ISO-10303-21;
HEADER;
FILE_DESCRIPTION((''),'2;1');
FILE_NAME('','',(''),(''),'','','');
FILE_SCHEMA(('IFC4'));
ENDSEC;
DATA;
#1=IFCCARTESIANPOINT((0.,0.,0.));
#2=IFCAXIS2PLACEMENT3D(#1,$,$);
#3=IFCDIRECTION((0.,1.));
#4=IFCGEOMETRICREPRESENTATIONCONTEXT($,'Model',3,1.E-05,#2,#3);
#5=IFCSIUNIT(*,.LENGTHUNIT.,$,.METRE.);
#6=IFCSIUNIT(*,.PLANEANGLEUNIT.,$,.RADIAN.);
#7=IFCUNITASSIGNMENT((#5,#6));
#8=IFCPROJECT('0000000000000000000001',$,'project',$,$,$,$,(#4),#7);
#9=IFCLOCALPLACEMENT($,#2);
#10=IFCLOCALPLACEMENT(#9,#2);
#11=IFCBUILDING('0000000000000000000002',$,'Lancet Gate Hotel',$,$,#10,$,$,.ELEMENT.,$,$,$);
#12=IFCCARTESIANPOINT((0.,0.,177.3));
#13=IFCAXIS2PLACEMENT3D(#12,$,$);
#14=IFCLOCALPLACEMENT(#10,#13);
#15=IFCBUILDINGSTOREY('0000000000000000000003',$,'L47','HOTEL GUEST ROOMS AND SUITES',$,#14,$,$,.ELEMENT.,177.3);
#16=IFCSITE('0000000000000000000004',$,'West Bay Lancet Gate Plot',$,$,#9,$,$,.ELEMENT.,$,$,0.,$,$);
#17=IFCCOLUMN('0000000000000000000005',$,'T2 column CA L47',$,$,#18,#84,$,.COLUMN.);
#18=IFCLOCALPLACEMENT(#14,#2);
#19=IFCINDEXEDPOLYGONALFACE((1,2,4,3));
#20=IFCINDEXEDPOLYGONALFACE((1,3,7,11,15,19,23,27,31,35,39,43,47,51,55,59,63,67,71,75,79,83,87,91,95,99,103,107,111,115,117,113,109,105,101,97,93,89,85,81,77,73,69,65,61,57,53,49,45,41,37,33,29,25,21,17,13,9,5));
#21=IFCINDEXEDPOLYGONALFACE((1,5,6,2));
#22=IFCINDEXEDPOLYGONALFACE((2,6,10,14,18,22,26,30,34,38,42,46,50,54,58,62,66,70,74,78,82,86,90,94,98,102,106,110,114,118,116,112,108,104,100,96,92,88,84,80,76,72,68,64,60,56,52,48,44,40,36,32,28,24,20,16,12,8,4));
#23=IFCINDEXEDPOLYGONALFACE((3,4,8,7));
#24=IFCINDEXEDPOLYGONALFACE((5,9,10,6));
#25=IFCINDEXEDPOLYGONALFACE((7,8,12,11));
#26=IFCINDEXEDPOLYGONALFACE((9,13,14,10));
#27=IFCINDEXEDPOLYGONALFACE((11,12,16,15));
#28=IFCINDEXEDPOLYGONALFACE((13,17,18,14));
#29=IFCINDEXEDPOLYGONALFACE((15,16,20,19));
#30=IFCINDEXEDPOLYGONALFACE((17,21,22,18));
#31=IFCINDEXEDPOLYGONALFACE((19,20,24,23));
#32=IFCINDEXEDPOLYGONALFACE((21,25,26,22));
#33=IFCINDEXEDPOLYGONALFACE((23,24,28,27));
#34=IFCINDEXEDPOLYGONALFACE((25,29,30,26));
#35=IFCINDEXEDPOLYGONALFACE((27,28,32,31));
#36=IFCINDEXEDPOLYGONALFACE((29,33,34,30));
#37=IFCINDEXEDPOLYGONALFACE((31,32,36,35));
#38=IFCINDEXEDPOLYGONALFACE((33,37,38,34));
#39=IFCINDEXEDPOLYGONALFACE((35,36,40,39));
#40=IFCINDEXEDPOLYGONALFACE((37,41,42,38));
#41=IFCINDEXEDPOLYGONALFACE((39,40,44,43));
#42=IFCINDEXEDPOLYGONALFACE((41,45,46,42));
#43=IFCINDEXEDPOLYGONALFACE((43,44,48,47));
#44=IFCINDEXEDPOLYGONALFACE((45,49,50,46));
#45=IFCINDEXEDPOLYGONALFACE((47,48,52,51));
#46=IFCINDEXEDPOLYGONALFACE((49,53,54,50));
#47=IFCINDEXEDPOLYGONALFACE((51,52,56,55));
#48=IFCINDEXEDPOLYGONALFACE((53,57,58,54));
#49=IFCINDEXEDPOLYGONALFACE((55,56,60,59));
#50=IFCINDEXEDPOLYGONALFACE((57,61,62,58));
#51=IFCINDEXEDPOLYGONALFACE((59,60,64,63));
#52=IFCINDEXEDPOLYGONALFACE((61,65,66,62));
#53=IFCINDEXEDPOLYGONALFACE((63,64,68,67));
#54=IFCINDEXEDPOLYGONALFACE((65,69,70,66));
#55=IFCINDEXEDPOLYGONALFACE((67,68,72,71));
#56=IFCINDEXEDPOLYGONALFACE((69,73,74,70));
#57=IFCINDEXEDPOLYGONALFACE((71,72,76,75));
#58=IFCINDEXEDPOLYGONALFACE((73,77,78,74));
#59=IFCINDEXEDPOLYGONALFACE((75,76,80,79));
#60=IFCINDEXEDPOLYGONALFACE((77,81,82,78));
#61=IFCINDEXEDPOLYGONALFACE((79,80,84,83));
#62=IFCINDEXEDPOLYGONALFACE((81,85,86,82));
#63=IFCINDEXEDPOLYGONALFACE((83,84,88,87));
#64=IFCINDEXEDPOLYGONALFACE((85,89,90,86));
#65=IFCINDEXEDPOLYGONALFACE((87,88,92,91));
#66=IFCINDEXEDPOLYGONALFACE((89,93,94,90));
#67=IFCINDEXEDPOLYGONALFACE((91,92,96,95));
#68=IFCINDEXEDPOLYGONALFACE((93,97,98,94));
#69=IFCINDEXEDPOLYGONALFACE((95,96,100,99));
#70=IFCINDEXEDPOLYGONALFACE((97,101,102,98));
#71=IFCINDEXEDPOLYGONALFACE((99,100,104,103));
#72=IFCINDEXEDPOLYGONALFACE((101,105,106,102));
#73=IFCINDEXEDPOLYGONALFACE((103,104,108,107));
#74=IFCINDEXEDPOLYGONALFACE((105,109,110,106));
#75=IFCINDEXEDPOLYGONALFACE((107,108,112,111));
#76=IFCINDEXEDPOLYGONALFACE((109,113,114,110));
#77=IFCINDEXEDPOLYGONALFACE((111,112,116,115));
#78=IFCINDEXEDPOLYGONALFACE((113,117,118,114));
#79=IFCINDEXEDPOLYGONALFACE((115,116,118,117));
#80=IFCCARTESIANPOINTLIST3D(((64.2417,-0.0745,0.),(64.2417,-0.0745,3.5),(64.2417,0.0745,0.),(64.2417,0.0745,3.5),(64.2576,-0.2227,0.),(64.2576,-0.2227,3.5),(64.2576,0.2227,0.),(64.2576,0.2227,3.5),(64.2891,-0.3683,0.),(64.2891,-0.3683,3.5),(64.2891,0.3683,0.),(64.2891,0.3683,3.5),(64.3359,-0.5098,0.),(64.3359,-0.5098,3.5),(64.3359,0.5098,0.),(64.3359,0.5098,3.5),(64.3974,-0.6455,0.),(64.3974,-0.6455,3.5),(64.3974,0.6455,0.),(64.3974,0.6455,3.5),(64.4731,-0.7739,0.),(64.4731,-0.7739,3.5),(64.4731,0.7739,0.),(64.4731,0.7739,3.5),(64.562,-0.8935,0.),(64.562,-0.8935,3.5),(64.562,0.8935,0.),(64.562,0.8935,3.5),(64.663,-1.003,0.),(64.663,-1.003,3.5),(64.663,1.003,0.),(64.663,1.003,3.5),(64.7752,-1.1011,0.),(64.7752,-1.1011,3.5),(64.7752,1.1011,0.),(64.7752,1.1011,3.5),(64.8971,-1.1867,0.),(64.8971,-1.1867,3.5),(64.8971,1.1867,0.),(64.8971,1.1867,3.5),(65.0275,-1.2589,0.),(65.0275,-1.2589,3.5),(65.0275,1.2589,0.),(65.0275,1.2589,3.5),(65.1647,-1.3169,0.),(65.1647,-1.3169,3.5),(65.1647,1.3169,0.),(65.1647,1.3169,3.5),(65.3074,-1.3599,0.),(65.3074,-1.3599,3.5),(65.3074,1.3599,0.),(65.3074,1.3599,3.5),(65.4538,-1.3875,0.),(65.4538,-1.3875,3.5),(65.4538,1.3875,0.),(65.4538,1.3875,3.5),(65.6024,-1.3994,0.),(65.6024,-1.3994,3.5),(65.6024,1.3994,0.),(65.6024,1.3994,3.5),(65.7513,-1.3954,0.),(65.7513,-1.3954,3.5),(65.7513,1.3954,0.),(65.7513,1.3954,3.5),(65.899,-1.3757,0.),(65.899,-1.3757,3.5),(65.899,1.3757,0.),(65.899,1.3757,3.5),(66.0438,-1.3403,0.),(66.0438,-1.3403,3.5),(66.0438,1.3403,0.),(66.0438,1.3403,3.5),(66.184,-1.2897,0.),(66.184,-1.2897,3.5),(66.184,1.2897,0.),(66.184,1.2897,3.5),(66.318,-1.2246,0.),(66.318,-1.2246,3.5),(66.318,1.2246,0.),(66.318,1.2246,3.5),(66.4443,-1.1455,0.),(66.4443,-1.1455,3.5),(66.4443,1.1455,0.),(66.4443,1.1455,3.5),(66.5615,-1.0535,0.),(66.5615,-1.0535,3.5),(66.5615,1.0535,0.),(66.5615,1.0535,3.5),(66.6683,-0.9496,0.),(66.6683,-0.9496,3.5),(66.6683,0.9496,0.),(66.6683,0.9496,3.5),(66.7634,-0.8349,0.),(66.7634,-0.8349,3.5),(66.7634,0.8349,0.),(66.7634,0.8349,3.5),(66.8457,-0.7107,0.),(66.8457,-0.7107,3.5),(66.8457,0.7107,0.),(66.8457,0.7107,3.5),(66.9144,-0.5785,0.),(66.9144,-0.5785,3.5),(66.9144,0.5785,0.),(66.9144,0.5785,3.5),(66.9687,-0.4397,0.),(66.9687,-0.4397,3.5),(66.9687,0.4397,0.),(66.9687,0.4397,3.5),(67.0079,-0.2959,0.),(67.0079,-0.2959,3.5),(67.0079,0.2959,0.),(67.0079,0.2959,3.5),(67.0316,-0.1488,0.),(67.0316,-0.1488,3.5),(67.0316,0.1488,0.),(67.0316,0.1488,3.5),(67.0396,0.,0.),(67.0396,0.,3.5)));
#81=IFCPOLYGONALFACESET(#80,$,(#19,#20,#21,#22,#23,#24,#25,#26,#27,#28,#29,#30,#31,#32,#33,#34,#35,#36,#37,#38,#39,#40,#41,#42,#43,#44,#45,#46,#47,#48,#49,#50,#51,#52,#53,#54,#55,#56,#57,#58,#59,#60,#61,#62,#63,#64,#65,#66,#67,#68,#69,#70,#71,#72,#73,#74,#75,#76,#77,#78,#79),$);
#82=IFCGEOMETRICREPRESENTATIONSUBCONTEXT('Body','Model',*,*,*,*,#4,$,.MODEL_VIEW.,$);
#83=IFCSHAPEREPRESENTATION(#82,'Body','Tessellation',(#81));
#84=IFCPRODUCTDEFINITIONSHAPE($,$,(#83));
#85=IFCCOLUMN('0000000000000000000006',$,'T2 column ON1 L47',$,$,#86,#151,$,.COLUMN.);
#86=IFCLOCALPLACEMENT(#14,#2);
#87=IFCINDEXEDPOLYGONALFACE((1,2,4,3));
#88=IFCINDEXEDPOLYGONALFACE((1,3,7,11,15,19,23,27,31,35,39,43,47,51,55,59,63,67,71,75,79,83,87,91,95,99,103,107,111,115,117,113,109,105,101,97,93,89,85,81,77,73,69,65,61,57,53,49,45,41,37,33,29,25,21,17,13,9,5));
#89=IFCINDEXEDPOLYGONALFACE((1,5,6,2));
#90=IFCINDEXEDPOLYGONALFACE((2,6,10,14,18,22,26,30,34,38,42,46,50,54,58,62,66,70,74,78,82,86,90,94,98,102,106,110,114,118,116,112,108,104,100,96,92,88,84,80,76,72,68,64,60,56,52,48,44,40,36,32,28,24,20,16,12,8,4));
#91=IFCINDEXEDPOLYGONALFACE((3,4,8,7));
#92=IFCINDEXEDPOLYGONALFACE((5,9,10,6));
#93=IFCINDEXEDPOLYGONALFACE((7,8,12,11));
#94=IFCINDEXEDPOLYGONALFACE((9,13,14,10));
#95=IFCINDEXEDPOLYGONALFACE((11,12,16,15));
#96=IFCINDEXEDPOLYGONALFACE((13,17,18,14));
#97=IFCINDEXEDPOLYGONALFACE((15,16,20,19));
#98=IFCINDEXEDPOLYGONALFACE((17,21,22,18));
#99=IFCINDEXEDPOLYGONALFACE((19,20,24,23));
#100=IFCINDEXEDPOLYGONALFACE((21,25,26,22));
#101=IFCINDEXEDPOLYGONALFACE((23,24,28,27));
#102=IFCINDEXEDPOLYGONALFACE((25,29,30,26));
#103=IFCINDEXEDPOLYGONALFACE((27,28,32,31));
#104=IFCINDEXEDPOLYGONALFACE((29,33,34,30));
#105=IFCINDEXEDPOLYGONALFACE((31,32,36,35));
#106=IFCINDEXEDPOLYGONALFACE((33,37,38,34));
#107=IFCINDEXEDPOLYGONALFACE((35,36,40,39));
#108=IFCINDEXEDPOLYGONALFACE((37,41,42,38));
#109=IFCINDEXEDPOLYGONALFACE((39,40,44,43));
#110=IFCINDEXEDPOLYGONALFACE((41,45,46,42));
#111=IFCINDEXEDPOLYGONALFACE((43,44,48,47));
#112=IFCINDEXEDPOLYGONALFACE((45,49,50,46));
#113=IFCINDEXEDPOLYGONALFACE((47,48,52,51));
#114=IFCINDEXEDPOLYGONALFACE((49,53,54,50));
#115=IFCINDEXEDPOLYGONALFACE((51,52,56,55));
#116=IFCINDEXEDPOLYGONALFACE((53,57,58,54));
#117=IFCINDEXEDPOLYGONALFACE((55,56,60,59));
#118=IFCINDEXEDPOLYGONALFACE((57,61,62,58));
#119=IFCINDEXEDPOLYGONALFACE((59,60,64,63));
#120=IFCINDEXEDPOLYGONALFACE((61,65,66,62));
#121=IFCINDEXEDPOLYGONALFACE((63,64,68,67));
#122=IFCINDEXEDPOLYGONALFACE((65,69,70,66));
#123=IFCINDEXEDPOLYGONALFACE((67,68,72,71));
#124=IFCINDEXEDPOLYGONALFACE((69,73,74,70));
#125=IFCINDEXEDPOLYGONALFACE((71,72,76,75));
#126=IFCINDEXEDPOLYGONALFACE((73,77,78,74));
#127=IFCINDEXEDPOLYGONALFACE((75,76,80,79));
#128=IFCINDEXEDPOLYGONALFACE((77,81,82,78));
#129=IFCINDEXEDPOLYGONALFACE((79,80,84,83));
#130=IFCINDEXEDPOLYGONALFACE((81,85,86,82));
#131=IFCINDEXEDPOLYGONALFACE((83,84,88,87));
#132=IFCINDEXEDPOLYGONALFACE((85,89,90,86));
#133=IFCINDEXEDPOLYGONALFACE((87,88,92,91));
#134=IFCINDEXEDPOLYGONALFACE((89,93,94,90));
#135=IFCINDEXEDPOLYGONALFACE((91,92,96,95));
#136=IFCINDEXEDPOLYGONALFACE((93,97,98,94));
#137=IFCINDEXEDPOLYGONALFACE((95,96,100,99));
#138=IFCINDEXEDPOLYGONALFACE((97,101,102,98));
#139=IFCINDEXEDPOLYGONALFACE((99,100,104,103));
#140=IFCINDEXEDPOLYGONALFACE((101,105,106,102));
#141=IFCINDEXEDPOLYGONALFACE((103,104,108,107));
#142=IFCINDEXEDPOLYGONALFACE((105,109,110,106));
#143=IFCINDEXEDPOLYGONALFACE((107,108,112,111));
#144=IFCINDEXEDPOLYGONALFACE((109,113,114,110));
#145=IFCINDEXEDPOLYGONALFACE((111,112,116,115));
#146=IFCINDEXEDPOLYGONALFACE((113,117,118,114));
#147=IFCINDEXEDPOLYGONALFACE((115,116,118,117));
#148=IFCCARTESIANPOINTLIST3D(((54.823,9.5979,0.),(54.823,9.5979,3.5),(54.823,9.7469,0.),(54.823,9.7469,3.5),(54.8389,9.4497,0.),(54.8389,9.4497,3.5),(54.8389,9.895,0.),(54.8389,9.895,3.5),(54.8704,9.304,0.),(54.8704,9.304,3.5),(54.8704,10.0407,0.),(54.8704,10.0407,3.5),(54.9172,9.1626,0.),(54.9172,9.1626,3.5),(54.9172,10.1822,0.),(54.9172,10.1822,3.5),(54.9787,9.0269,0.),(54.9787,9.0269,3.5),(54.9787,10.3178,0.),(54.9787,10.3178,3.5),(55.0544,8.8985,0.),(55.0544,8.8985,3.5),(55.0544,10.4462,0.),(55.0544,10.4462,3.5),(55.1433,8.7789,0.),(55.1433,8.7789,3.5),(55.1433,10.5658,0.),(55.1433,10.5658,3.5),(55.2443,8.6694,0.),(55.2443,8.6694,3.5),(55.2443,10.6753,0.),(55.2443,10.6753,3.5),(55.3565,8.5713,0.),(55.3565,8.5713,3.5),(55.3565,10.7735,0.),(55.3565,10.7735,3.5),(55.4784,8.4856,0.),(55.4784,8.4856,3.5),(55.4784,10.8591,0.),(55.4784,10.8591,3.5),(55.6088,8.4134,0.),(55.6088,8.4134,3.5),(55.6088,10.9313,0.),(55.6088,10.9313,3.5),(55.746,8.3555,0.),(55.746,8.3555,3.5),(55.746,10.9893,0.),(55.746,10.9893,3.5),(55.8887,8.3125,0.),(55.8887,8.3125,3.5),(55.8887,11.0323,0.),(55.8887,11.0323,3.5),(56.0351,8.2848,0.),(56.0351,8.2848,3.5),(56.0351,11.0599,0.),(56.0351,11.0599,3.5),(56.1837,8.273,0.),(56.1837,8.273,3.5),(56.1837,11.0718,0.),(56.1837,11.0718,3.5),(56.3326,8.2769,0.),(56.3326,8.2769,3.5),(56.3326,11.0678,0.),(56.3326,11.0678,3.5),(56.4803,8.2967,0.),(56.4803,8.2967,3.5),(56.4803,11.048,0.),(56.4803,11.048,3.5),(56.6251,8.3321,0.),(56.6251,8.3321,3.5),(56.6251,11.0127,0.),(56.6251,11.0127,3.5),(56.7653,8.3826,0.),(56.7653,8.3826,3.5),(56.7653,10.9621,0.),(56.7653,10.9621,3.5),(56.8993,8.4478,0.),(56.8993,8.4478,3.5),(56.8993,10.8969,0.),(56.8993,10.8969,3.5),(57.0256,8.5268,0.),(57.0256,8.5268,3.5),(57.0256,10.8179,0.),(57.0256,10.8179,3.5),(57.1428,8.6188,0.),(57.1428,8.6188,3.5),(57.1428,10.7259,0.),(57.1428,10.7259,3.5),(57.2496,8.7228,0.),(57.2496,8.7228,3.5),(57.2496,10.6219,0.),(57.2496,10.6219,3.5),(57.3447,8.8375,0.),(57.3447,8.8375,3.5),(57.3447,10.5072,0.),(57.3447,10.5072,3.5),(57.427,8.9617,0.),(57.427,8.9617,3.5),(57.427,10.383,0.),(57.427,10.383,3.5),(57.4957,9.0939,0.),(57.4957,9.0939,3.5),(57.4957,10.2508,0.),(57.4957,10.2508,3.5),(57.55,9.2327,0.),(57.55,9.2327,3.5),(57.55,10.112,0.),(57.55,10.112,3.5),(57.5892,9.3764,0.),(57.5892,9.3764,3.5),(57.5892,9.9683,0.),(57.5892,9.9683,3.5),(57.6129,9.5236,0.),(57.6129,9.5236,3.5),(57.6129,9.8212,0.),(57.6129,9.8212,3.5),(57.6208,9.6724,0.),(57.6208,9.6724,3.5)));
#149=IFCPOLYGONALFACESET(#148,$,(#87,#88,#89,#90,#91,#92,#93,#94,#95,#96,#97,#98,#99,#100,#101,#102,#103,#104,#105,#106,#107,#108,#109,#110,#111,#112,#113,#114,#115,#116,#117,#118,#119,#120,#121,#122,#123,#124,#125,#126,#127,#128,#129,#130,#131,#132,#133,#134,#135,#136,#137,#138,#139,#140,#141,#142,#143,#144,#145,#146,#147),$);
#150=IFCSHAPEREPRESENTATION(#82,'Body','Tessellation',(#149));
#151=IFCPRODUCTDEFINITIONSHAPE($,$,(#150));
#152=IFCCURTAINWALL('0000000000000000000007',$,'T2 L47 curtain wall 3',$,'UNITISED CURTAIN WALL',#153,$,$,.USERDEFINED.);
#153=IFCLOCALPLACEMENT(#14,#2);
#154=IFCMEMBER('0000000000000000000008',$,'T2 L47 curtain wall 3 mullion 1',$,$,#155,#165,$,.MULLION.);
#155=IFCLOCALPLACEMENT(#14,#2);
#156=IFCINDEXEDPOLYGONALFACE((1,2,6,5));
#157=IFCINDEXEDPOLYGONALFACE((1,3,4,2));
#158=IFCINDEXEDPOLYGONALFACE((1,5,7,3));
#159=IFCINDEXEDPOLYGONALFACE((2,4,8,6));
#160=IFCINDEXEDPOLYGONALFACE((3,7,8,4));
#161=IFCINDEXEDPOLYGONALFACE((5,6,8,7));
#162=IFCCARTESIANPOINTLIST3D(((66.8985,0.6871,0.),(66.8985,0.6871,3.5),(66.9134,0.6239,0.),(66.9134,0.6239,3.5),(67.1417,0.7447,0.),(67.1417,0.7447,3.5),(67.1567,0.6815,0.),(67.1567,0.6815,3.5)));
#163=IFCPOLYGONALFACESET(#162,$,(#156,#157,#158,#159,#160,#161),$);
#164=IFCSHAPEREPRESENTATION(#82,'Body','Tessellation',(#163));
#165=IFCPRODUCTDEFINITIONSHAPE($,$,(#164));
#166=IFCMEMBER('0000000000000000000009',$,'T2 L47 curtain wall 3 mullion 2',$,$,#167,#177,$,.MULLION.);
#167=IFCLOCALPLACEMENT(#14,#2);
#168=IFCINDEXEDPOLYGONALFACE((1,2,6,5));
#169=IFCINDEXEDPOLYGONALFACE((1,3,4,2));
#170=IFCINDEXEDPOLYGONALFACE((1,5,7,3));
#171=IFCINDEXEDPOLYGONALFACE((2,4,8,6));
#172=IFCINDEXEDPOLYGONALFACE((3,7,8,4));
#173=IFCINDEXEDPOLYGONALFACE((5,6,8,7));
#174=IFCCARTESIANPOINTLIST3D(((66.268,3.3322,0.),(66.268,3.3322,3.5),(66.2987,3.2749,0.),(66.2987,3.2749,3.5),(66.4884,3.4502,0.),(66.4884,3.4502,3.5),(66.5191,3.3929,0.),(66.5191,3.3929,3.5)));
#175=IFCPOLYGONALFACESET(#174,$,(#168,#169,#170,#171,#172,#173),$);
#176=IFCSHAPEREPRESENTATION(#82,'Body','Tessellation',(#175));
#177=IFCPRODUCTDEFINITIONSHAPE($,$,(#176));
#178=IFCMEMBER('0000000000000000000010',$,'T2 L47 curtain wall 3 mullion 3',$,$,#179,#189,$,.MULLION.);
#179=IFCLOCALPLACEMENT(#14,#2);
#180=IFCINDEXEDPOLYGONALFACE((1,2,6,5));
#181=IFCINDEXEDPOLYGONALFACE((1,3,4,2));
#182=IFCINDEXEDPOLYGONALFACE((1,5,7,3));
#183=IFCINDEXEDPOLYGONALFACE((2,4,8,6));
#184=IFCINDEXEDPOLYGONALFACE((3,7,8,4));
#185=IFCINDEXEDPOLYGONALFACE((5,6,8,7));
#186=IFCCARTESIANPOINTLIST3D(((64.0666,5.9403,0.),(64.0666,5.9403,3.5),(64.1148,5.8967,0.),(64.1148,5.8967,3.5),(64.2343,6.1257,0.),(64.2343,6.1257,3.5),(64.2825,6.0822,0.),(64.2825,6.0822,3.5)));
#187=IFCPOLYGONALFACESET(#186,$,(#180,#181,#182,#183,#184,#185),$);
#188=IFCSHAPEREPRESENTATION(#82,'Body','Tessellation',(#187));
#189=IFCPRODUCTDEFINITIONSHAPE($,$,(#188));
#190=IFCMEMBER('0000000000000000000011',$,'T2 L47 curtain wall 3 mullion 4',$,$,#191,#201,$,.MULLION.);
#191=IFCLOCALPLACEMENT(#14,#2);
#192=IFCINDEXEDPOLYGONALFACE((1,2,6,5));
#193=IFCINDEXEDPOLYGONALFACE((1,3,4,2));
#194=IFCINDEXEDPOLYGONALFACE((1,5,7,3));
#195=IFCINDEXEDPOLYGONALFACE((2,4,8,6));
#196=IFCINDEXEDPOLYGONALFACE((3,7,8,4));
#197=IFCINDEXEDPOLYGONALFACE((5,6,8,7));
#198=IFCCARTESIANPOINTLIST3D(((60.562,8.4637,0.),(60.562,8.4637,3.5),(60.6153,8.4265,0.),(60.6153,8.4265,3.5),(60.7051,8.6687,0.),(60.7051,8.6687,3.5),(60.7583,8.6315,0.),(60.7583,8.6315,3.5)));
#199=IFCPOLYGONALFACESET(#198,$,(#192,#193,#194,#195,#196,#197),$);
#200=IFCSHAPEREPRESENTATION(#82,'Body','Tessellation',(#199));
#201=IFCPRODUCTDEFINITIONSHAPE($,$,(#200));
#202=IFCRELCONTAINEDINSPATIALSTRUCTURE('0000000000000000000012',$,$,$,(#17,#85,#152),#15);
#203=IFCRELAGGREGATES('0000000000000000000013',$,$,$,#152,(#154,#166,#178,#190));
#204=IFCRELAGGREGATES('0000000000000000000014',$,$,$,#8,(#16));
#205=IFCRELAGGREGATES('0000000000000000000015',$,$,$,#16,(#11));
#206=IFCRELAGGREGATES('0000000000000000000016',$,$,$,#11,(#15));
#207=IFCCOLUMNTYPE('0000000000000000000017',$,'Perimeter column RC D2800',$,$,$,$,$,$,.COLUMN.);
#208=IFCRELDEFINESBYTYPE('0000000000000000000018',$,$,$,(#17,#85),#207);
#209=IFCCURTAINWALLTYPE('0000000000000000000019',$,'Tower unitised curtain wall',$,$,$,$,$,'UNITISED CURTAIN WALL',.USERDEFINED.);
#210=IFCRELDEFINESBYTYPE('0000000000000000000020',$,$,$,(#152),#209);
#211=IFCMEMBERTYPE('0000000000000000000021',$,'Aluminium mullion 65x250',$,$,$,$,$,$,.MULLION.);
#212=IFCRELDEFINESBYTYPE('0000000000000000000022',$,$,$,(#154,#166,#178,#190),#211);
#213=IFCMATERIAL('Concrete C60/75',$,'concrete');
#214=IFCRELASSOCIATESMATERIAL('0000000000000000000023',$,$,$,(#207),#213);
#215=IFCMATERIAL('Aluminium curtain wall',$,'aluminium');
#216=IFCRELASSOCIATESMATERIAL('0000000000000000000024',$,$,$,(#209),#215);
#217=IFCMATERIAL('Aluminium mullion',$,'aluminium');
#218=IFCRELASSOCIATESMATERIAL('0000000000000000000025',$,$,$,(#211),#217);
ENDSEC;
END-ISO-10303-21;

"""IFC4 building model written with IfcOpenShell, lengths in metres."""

from ifc_helpers import new_model, si_unit, direction, frame, origin, origin_2d, place, context, subcontext, project, spatial, rectangle, circle, extrude, material, material_profile, profile_set, type_object, element, aggregate, save


model = new_model("IFC4")

# Units and contexts
model_context = context("Model", 3, precision=1e-05, world=origin(), true_north=direction((0.0, 1.0)))
body_context = subcontext(model_context, "Body", "Model", "MODEL_VIEW")
ifc_project = project(units=[si_unit("LENGTHUNIT", "METRE"), si_unit("PLANEANGLEUNIT", "RADIAN")], contexts=[model_context])

# Site, building, storey
site_placement = place(None, origin())
site = spatial("IfcSite", under=ifc_project, at=site_placement, Name="West Bay Lancet Gate Plot", CompositionType="ELEMENT", RefElevation=0.0)
building_placement = place(site_placement, origin())
building = spatial("IfcBuilding", under=site, at=building_placement, Name="Lancet Gate Hotel", CompositionType="ELEMENT")
storey_placement = place(building_placement, frame((0.0, 0.0, 177.3)))
storey = spatial("IfcBuildingStorey", under=building, at=storey_placement, Name="L47", Description="HOTEL GUEST ROOMS AND SUITES", CompositionType="ELEMENT", Elevation=177.3)

# Columns
ifc_material_1 = material(Name="Concrete C60/75", Category="concrete")
ifc_material_profile_1 = material_profile(ifc_material_1, circle(Radius=1.3999, at=origin_2d()), Name="RC D2800")
ifc_profile_set_1 = profile_set([ifc_material_profile_1], Name="Concrete C60/75")
column_type = type_object("IfcColumnType", Name="Perimeter column RC D2800", PredefinedType="COLUMN", material=ifc_profile_set_1)
for number, where, z_axis, x_axis, name in (
    (1, (65.6396, 0.0, 0.0), (0.0, 0.0, 1.0), (1.0, 0.0, 0.0), "T2 column CA L47"),
    (2, (56.2209, 9.6724, 0.0), (0.0, 0.0, 1.0), (1.0, 0.0, 0.0), "T2 column ON1 L47"),
):
    element("IfcColumn", number, at=place(storey_placement, frame(where, z_axis=z_axis, x_axis=x_axis)), inside=storey, type_object=column_type, Name=name, PredefinedType="COLUMN", context=body_context, shape_type="SweptSolid", body=[
        extrude(circle(Radius=1.3999, at=origin_2d()), origin(), (0.0, 0.0, 1.0), 3.5),
    ])

# Curtain wall, members
ifc_material_2 = material(Name="Aluminium curtain wall", Category="aluminium")
curtain_wall_type = type_object("IfcCurtainWallType", Name="Tower unitised curtain wall", ElementType="UNITISED CURTAIN WALL", PredefinedType="USERDEFINED", material=ifc_material_2)
curtain_wall_placement = place(storey_placement, origin())
curtain_wall = element("IfcCurtainWall", 3, at=curtain_wall_placement, inside=storey, type_object=curtain_wall_type, Name="T2 L47 curtain wall 3", ObjectType="UNITISED CURTAIN WALL", PredefinedType="USERDEFINED")
ifc_material_3 = material(Name="Aluminium mullion", Category="aluminium")
ifc_material_profile_2 = material_profile(ifc_material_3, rectangle(XDim=0.0649, YDim=0.25, at=origin_2d()), Name="MULLION 65x250")
ifc_profile_set_2 = profile_set([ifc_material_profile_2], Name="Aluminium mullion")
member_type_1 = type_object("IfcMemberType", Name="Aluminium mullion 65x250", PredefinedType="MULLION", material=ifc_profile_set_2)
member_1_placement = place(storey_placement, frame((67.0276, 0.6843, 0.0), z_axis=(0.0, 0.0, 1.0), x_axis=(-0.230367, 0.973104, 0.0)))
member_1 = element("IfcMember", 4, at=member_1_placement, type_object=member_type_1, Name="T2 L47 curtain wall 3 mullion 1", PredefinedType="MULLION", context=body_context, shape_type="SweptSolid", body=[
    extrude(rectangle(XDim=0.0649, YDim=0.25, at=origin_2d()), origin(), (0.0, 0.0, 1.0), 3.5),
])
member_2_placement = place(storey_placement, frame((66.3936, 3.3625, 0.0), z_axis=(0.0, 0.0, 1.0), x_axis=(-0.472146, 0.88152, 0.0)))
member_2 = element("IfcMember", 5, at=member_2_placement, type_object=member_type_1, Name="T2 L47 curtain wall 3 mullion 2", PredefinedType="MULLION", context=body_context, shape_type="SweptSolid", body=[
    extrude(rectangle(XDim=0.0649, YDim=0.25, at=origin_2d()), origin(), (0.0, 0.0, 1.0), 3.5),
])
member_3_placement = place(storey_placement, frame((64.1746, 6.0112, 0.0), z_axis=(0.0, 0.0, 1.0), x_axis=(-0.741693, 0.670739, 0.0)))
member_3 = element("IfcMember", 6, at=member_3_placement, type_object=member_type_1, Name="T2 L47 curtain wall 3 mullion 3", PredefinedType="MULLION", context=body_context, shape_type="SweptSolid", body=[
    extrude(rectangle(XDim=0.0649, YDim=0.25, at=origin_2d()), origin(), (0.0, 0.0, 1.0), 3.5),
])
member_4_placement = place(storey_placement, frame((60.6602, 8.5476, 0.0), z_axis=(0.0, 0.0, 1.0), x_axis=(-0.820068, 0.572266, 0.0)))
member_4 = element("IfcMember", 7, at=member_4_placement, type_object=member_type_1, Name="T2 L47 curtain wall 3 mullion 4", PredefinedType="MULLION", context=body_context, shape_type="SweptSolid", body=[
    extrude(rectangle(XDim=0.0649, YDim=0.25, at=origin_2d()), origin(), (0.0, 0.0, 1.0), 3.5),
])

aggregate(curtain_wall, [member_1, member_2, member_3, member_4])

save(model, "model.ifc")
